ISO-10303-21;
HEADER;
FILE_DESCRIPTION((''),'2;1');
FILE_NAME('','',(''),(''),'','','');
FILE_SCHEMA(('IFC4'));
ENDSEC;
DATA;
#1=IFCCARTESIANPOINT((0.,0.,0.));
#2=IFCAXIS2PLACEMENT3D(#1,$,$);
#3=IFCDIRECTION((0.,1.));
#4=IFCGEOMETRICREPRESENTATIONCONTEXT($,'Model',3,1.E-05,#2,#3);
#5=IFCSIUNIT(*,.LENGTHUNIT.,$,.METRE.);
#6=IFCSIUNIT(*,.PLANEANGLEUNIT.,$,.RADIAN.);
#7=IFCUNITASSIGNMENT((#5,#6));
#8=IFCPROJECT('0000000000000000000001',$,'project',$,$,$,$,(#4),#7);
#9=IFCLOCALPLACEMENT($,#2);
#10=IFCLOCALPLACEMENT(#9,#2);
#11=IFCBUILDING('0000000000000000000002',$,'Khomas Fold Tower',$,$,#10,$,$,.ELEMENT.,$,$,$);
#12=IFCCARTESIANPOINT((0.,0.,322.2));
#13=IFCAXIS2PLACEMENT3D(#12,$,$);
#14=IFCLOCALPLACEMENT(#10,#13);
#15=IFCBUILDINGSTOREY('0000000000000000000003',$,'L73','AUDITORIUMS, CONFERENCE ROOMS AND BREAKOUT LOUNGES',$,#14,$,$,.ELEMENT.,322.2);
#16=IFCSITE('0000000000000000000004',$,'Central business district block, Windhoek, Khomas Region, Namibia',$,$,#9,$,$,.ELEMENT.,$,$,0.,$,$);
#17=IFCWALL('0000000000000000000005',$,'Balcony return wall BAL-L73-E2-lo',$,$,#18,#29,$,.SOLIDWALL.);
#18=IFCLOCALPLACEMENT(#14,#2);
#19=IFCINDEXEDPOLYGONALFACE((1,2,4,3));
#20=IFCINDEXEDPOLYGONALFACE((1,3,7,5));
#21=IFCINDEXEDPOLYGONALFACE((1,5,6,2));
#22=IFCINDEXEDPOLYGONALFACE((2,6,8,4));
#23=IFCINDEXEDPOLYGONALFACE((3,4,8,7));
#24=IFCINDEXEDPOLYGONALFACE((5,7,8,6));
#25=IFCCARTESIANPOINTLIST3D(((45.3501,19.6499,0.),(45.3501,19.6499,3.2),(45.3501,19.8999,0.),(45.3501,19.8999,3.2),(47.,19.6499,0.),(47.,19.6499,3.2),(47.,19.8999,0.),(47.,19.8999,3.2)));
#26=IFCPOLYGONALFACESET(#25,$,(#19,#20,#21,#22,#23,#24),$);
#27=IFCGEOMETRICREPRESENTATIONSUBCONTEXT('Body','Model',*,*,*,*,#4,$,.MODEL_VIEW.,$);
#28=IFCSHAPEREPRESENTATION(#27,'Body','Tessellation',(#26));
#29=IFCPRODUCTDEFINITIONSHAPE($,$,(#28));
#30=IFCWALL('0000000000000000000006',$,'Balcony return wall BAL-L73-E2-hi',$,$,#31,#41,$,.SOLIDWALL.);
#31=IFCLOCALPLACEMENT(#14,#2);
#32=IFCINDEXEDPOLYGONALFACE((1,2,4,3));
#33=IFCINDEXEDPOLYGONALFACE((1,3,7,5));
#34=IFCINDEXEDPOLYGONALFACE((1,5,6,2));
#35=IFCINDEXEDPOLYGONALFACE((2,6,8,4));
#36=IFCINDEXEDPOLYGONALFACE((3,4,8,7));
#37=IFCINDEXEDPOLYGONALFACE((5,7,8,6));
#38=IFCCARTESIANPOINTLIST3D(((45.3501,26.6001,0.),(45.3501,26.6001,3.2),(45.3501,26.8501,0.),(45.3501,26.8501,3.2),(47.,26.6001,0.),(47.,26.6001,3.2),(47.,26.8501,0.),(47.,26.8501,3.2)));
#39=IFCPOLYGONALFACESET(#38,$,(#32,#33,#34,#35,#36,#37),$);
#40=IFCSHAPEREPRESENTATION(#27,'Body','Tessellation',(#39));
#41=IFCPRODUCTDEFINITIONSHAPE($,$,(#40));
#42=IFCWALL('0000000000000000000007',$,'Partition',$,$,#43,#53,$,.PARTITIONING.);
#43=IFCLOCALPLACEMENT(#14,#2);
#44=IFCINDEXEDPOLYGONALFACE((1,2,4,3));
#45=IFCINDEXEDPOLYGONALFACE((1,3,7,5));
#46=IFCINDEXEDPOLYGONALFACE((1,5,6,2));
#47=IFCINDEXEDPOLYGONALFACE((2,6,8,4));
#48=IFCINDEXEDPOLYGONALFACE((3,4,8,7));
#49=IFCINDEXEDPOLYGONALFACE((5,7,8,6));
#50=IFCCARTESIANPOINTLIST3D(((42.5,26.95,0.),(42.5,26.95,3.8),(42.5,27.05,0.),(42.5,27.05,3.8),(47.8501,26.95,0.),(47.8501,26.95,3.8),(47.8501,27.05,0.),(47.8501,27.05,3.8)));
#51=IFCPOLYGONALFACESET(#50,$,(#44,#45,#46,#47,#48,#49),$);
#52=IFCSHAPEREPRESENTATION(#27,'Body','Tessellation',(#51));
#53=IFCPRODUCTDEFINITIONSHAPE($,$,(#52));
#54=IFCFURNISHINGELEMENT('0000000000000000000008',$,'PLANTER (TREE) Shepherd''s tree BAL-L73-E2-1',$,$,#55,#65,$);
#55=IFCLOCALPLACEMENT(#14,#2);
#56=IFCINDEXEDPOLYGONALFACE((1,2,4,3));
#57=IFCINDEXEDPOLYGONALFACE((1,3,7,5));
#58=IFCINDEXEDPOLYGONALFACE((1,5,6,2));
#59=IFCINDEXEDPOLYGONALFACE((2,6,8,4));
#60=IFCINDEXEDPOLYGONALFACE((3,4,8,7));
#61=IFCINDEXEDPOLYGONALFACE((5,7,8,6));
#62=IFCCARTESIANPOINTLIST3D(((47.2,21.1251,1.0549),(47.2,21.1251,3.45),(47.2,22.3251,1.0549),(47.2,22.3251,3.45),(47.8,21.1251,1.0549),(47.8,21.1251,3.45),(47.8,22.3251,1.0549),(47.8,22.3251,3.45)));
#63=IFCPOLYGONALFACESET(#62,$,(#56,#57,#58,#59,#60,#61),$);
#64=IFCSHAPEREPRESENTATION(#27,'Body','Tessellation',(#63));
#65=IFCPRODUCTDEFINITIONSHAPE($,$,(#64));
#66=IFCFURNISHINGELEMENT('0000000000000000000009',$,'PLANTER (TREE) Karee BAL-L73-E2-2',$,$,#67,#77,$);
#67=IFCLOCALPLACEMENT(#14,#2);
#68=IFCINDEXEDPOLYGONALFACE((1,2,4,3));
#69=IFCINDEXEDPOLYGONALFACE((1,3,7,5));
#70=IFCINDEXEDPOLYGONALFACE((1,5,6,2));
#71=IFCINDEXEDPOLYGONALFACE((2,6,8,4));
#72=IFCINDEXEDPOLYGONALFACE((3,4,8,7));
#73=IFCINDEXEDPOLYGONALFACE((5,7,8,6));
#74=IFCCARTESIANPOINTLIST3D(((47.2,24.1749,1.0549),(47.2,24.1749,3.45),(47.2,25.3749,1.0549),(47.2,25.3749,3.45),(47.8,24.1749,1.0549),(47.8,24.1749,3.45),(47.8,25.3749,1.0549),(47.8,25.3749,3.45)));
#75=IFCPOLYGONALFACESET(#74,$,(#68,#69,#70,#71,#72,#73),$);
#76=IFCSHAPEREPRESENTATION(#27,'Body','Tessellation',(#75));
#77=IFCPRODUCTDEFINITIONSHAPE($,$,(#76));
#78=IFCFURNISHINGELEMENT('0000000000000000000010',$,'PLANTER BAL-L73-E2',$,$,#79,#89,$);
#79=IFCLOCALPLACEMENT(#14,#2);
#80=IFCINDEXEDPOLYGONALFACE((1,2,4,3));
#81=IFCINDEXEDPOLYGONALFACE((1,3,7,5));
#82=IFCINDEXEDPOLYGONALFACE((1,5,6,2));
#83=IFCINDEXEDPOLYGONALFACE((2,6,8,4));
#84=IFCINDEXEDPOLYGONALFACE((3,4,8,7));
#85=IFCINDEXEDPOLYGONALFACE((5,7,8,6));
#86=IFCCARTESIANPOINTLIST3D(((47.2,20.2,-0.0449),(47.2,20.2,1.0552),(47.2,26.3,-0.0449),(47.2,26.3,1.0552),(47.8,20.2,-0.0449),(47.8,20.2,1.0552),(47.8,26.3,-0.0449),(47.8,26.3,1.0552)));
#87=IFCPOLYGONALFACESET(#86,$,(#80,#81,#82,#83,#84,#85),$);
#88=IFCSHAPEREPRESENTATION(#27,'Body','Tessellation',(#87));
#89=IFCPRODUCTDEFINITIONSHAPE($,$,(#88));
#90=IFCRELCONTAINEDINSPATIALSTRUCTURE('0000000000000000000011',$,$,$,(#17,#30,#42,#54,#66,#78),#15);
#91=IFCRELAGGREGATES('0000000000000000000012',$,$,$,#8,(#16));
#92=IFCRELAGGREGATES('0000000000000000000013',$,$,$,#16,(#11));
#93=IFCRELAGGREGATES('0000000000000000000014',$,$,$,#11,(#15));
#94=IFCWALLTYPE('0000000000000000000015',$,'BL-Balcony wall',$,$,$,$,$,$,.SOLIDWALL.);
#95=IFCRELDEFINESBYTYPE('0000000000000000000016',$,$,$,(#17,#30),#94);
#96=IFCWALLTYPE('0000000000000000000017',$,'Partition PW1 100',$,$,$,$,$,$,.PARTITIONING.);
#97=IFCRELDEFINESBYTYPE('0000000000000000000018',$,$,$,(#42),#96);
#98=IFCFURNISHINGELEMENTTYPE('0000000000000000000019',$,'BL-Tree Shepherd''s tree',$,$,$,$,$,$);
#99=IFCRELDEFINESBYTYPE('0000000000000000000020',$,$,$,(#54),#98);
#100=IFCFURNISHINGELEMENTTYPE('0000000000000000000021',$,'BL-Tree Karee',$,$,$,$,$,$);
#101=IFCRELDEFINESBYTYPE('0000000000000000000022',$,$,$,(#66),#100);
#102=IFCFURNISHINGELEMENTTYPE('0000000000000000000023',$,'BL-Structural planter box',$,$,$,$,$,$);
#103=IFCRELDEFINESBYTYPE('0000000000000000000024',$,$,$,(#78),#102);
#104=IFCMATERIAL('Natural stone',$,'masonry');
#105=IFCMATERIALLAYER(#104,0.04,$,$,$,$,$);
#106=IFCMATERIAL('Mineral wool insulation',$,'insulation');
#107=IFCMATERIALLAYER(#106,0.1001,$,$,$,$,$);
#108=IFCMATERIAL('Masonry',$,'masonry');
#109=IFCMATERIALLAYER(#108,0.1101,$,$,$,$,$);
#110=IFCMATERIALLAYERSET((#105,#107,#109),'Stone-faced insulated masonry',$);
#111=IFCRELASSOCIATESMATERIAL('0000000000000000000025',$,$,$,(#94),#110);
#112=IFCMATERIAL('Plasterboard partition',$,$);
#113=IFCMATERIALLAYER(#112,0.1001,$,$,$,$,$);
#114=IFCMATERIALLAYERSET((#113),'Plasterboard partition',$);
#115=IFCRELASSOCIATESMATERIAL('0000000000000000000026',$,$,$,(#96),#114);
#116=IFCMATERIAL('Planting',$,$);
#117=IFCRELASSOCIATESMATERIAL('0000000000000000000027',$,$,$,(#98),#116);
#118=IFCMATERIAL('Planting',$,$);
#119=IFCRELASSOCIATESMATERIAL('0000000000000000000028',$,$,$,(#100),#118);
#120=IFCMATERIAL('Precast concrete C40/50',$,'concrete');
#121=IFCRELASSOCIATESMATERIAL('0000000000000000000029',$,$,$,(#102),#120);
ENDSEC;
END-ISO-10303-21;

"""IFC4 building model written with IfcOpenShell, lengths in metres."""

from ifc_helpers import new_model, si_unit, direction, frame, frame_2d, origin, origin_2d, place, context, subcontext, project, spatial, rectangle, extrude, source, transform, mapped, material, layer, layer_set, type_object, element, save


model = new_model("IFC4")

# Units and contexts
model_context = context("Model", 3, precision=1e-05, world=origin(), true_north=direction((0.0, 1.0)))
body_context = subcontext(model_context, "Body", "Model", "MODEL_VIEW")
ifc_project = project(units=[si_unit("LENGTHUNIT", "METRE"), si_unit("PLANEANGLEUNIT", "RADIAN")], contexts=[model_context])

# Site, building, storey
site_placement = place(None, origin())
site = spatial("IfcSite", under=ifc_project, at=site_placement, Name="Central business district block, Windhoek, Khomas Region, Namibia", CompositionType="ELEMENT", RefElevation=0.0)
building_placement = place(site_placement, origin())
building = spatial("IfcBuilding", under=site, at=building_placement, Name="Khomas Fold Tower", CompositionType="ELEMENT")
storey_placement = place(building_placement, frame((0.0, 0.0, 322.2)))
storey = spatial("IfcBuildingStorey", under=building, at=storey_placement, Name="L73", Description="AUDITORIUMS, CONFERENCE ROOMS AND BREAKOUT LOUNGES", CompositionType="ELEMENT", Elevation=322.2)

# Shared definitions
ifc_material_1 = material(Name="Natural stone", Category="masonry")
ifc_layer_1 = layer(ifc_material_1, 0.04)
ifc_material_2 = material(Name="Mineral wool insulation", Category="insulation")
ifc_layer_2 = layer(ifc_material_2, 0.1001)
ifc_material_3 = material(Name="Masonry", Category="masonry")
ifc_layer_3 = layer(ifc_material_3, 0.1101)
ifc_layer_set_1 = layer_set([ifc_layer_1, ifc_layer_2, ifc_layer_3], Name="Stone-faced insulated masonry")
wall_type_1 = type_object("IfcWallType", Name="BL-Balcony wall", PredefinedType="SOLIDWALL", material=ifc_layer_set_1)

# Walls
shared_shape_1 = source(origin(), body_context, "Body", "SweptSolid", [
    extrude(rectangle(XDim=1.6499, YDim=0.25, at=frame_2d((0.825, 0.0))), origin(), (0.0, 0.0, 1.0), 3.2),
])
for number, where, z_axis, x_axis, name in (
    (1, (47.0, 19.7749, 0.0), (0.0, 0.0, 1.0), (-1.0, 0.0, 0.0), "Balcony return wall BAL-L73-E2-lo"),
    (2, (47.0, 26.7251, 0.0), (0.0, 0.0, 1.0), (-1.0, 0.0, 0.0), "Balcony return wall BAL-L73-E2-hi"),
):
    element("IfcWall", number, at=place(storey_placement, frame(where, z_axis=z_axis, x_axis=x_axis)), inside=storey, type_object=wall_type_1, Name=name, PredefinedType="SOLIDWALL", context=body_context, shape_type="MappedRepresentation", body=[
        mapped(shared_shape_1, transform((0.0, 0.0, 0.0))),
    ])
ifc_material_4 = material(Name="Plasterboard partition")
ifc_layer_4 = layer(ifc_material_4, 0.1001)
ifc_layer_set_2 = layer_set([ifc_layer_4], Name="Plasterboard partition")
wall_type_2 = type_object("IfcWallType", Name="Partition PW1 100", PredefinedType="PARTITIONING", material=ifc_layer_set_2)
shared_shape_2 = source(origin(), body_context, "Body", "SweptSolid", [
    extrude(rectangle(XDim=5.3501, YDim=0.1001, at=frame_2d((2.675, 0.0))), origin(), (0.0, 0.0, 1.0), 3.8),
])
wall_1_placement = place(storey_placement, frame((42.5, 27.0, 0.0), z_axis=(0.0, 0.0, 1.0), x_axis=(1.0, 0.0, 0.0)))
element("IfcWall", 3, at=wall_1_placement, inside=storey, type_object=wall_type_2, Name="Partition", PredefinedType="PARTITIONING", context=body_context, shape_type="MappedRepresentation", body=[
    mapped(shared_shape_2, transform((0.0, 0.0, 0.0))),
])

# Furnishing elements
ifc_material_5 = material(Name="Planting")
furnishing_element_type_1 = type_object("IfcFurnishingElementType", Name="BL-Tree Shepherd's tree", material=ifc_material_5)
shared_shape_3 = source(origin(), body_context, "Body", "SweptSolid", [
    extrude(rectangle(XDim=1.2, YDim=0.6001, at=origin_2d()), origin(), (0.0, 0.0, 1.0), 2.395),
])
furnishing_1_placement = place(storey_placement, frame((47.5, 21.7251, 1.0549), z_axis=(0.0, 0.0, 1.0), x_axis=(0.0, 1.0, 0.0)))
element("IfcFurnishingElement", 4, at=furnishing_1_placement, inside=storey, type_object=furnishing_element_type_1, Name="PLANTER (TREE) Shepherd's tree BAL-L73-E2-1", context=body_context, shape_type="MappedRepresentation", body=[
    mapped(shared_shape_3, transform((0.0, 0.0, 0.0))),
])
ifc_material_6 = material(Name="Planting")
furnishing_element_type_2 = type_object("IfcFurnishingElementType", Name="BL-Tree Karee", material=ifc_material_6)
furnishing_2_placement = place(storey_placement, frame((47.5, 24.7749, 1.0549), z_axis=(0.0, 0.0, 1.0), x_axis=(0.0, 1.0, 0.0)))
element("IfcFurnishingElement", 5, at=furnishing_2_placement, inside=storey, type_object=furnishing_element_type_2, Name="PLANTER (TREE) Karee BAL-L73-E2-2", context=body_context, shape_type="MappedRepresentation", body=[
    mapped(shared_shape_3, transform((0.0, 0.0, 0.0))),
])
ifc_material_7 = material(Name="Precast concrete C40/50", Category="concrete")
furnishing_element_type_3 = type_object("IfcFurnishingElementType", Name="BL-Structural planter box", material=ifc_material_7)
shared_shape_4 = source(origin(), body_context, "Body", "SweptSolid", [
    extrude(rectangle(XDim=6.1001, YDim=0.6001, at=origin_2d()), origin(), (0.0, 0.0, 1.0), 1.1001),
])
furnishing_3_placement = place(storey_placement, frame((47.5, 23.25, -0.0449), z_axis=(0.0, 0.0, 1.0), x_axis=(0.0, 1.0, 0.0)))
element("IfcFurnishingElement", 6, at=furnishing_3_placement, inside=storey, type_object=furnishing_element_type_3, Name="PLANTER BAL-L73-E2", context=body_context, shape_type="MappedRepresentation", body=[
    mapped(shared_shape_4, transform((0.0, 0.0, 0.0))),
])

save(model, "model.ifc")
